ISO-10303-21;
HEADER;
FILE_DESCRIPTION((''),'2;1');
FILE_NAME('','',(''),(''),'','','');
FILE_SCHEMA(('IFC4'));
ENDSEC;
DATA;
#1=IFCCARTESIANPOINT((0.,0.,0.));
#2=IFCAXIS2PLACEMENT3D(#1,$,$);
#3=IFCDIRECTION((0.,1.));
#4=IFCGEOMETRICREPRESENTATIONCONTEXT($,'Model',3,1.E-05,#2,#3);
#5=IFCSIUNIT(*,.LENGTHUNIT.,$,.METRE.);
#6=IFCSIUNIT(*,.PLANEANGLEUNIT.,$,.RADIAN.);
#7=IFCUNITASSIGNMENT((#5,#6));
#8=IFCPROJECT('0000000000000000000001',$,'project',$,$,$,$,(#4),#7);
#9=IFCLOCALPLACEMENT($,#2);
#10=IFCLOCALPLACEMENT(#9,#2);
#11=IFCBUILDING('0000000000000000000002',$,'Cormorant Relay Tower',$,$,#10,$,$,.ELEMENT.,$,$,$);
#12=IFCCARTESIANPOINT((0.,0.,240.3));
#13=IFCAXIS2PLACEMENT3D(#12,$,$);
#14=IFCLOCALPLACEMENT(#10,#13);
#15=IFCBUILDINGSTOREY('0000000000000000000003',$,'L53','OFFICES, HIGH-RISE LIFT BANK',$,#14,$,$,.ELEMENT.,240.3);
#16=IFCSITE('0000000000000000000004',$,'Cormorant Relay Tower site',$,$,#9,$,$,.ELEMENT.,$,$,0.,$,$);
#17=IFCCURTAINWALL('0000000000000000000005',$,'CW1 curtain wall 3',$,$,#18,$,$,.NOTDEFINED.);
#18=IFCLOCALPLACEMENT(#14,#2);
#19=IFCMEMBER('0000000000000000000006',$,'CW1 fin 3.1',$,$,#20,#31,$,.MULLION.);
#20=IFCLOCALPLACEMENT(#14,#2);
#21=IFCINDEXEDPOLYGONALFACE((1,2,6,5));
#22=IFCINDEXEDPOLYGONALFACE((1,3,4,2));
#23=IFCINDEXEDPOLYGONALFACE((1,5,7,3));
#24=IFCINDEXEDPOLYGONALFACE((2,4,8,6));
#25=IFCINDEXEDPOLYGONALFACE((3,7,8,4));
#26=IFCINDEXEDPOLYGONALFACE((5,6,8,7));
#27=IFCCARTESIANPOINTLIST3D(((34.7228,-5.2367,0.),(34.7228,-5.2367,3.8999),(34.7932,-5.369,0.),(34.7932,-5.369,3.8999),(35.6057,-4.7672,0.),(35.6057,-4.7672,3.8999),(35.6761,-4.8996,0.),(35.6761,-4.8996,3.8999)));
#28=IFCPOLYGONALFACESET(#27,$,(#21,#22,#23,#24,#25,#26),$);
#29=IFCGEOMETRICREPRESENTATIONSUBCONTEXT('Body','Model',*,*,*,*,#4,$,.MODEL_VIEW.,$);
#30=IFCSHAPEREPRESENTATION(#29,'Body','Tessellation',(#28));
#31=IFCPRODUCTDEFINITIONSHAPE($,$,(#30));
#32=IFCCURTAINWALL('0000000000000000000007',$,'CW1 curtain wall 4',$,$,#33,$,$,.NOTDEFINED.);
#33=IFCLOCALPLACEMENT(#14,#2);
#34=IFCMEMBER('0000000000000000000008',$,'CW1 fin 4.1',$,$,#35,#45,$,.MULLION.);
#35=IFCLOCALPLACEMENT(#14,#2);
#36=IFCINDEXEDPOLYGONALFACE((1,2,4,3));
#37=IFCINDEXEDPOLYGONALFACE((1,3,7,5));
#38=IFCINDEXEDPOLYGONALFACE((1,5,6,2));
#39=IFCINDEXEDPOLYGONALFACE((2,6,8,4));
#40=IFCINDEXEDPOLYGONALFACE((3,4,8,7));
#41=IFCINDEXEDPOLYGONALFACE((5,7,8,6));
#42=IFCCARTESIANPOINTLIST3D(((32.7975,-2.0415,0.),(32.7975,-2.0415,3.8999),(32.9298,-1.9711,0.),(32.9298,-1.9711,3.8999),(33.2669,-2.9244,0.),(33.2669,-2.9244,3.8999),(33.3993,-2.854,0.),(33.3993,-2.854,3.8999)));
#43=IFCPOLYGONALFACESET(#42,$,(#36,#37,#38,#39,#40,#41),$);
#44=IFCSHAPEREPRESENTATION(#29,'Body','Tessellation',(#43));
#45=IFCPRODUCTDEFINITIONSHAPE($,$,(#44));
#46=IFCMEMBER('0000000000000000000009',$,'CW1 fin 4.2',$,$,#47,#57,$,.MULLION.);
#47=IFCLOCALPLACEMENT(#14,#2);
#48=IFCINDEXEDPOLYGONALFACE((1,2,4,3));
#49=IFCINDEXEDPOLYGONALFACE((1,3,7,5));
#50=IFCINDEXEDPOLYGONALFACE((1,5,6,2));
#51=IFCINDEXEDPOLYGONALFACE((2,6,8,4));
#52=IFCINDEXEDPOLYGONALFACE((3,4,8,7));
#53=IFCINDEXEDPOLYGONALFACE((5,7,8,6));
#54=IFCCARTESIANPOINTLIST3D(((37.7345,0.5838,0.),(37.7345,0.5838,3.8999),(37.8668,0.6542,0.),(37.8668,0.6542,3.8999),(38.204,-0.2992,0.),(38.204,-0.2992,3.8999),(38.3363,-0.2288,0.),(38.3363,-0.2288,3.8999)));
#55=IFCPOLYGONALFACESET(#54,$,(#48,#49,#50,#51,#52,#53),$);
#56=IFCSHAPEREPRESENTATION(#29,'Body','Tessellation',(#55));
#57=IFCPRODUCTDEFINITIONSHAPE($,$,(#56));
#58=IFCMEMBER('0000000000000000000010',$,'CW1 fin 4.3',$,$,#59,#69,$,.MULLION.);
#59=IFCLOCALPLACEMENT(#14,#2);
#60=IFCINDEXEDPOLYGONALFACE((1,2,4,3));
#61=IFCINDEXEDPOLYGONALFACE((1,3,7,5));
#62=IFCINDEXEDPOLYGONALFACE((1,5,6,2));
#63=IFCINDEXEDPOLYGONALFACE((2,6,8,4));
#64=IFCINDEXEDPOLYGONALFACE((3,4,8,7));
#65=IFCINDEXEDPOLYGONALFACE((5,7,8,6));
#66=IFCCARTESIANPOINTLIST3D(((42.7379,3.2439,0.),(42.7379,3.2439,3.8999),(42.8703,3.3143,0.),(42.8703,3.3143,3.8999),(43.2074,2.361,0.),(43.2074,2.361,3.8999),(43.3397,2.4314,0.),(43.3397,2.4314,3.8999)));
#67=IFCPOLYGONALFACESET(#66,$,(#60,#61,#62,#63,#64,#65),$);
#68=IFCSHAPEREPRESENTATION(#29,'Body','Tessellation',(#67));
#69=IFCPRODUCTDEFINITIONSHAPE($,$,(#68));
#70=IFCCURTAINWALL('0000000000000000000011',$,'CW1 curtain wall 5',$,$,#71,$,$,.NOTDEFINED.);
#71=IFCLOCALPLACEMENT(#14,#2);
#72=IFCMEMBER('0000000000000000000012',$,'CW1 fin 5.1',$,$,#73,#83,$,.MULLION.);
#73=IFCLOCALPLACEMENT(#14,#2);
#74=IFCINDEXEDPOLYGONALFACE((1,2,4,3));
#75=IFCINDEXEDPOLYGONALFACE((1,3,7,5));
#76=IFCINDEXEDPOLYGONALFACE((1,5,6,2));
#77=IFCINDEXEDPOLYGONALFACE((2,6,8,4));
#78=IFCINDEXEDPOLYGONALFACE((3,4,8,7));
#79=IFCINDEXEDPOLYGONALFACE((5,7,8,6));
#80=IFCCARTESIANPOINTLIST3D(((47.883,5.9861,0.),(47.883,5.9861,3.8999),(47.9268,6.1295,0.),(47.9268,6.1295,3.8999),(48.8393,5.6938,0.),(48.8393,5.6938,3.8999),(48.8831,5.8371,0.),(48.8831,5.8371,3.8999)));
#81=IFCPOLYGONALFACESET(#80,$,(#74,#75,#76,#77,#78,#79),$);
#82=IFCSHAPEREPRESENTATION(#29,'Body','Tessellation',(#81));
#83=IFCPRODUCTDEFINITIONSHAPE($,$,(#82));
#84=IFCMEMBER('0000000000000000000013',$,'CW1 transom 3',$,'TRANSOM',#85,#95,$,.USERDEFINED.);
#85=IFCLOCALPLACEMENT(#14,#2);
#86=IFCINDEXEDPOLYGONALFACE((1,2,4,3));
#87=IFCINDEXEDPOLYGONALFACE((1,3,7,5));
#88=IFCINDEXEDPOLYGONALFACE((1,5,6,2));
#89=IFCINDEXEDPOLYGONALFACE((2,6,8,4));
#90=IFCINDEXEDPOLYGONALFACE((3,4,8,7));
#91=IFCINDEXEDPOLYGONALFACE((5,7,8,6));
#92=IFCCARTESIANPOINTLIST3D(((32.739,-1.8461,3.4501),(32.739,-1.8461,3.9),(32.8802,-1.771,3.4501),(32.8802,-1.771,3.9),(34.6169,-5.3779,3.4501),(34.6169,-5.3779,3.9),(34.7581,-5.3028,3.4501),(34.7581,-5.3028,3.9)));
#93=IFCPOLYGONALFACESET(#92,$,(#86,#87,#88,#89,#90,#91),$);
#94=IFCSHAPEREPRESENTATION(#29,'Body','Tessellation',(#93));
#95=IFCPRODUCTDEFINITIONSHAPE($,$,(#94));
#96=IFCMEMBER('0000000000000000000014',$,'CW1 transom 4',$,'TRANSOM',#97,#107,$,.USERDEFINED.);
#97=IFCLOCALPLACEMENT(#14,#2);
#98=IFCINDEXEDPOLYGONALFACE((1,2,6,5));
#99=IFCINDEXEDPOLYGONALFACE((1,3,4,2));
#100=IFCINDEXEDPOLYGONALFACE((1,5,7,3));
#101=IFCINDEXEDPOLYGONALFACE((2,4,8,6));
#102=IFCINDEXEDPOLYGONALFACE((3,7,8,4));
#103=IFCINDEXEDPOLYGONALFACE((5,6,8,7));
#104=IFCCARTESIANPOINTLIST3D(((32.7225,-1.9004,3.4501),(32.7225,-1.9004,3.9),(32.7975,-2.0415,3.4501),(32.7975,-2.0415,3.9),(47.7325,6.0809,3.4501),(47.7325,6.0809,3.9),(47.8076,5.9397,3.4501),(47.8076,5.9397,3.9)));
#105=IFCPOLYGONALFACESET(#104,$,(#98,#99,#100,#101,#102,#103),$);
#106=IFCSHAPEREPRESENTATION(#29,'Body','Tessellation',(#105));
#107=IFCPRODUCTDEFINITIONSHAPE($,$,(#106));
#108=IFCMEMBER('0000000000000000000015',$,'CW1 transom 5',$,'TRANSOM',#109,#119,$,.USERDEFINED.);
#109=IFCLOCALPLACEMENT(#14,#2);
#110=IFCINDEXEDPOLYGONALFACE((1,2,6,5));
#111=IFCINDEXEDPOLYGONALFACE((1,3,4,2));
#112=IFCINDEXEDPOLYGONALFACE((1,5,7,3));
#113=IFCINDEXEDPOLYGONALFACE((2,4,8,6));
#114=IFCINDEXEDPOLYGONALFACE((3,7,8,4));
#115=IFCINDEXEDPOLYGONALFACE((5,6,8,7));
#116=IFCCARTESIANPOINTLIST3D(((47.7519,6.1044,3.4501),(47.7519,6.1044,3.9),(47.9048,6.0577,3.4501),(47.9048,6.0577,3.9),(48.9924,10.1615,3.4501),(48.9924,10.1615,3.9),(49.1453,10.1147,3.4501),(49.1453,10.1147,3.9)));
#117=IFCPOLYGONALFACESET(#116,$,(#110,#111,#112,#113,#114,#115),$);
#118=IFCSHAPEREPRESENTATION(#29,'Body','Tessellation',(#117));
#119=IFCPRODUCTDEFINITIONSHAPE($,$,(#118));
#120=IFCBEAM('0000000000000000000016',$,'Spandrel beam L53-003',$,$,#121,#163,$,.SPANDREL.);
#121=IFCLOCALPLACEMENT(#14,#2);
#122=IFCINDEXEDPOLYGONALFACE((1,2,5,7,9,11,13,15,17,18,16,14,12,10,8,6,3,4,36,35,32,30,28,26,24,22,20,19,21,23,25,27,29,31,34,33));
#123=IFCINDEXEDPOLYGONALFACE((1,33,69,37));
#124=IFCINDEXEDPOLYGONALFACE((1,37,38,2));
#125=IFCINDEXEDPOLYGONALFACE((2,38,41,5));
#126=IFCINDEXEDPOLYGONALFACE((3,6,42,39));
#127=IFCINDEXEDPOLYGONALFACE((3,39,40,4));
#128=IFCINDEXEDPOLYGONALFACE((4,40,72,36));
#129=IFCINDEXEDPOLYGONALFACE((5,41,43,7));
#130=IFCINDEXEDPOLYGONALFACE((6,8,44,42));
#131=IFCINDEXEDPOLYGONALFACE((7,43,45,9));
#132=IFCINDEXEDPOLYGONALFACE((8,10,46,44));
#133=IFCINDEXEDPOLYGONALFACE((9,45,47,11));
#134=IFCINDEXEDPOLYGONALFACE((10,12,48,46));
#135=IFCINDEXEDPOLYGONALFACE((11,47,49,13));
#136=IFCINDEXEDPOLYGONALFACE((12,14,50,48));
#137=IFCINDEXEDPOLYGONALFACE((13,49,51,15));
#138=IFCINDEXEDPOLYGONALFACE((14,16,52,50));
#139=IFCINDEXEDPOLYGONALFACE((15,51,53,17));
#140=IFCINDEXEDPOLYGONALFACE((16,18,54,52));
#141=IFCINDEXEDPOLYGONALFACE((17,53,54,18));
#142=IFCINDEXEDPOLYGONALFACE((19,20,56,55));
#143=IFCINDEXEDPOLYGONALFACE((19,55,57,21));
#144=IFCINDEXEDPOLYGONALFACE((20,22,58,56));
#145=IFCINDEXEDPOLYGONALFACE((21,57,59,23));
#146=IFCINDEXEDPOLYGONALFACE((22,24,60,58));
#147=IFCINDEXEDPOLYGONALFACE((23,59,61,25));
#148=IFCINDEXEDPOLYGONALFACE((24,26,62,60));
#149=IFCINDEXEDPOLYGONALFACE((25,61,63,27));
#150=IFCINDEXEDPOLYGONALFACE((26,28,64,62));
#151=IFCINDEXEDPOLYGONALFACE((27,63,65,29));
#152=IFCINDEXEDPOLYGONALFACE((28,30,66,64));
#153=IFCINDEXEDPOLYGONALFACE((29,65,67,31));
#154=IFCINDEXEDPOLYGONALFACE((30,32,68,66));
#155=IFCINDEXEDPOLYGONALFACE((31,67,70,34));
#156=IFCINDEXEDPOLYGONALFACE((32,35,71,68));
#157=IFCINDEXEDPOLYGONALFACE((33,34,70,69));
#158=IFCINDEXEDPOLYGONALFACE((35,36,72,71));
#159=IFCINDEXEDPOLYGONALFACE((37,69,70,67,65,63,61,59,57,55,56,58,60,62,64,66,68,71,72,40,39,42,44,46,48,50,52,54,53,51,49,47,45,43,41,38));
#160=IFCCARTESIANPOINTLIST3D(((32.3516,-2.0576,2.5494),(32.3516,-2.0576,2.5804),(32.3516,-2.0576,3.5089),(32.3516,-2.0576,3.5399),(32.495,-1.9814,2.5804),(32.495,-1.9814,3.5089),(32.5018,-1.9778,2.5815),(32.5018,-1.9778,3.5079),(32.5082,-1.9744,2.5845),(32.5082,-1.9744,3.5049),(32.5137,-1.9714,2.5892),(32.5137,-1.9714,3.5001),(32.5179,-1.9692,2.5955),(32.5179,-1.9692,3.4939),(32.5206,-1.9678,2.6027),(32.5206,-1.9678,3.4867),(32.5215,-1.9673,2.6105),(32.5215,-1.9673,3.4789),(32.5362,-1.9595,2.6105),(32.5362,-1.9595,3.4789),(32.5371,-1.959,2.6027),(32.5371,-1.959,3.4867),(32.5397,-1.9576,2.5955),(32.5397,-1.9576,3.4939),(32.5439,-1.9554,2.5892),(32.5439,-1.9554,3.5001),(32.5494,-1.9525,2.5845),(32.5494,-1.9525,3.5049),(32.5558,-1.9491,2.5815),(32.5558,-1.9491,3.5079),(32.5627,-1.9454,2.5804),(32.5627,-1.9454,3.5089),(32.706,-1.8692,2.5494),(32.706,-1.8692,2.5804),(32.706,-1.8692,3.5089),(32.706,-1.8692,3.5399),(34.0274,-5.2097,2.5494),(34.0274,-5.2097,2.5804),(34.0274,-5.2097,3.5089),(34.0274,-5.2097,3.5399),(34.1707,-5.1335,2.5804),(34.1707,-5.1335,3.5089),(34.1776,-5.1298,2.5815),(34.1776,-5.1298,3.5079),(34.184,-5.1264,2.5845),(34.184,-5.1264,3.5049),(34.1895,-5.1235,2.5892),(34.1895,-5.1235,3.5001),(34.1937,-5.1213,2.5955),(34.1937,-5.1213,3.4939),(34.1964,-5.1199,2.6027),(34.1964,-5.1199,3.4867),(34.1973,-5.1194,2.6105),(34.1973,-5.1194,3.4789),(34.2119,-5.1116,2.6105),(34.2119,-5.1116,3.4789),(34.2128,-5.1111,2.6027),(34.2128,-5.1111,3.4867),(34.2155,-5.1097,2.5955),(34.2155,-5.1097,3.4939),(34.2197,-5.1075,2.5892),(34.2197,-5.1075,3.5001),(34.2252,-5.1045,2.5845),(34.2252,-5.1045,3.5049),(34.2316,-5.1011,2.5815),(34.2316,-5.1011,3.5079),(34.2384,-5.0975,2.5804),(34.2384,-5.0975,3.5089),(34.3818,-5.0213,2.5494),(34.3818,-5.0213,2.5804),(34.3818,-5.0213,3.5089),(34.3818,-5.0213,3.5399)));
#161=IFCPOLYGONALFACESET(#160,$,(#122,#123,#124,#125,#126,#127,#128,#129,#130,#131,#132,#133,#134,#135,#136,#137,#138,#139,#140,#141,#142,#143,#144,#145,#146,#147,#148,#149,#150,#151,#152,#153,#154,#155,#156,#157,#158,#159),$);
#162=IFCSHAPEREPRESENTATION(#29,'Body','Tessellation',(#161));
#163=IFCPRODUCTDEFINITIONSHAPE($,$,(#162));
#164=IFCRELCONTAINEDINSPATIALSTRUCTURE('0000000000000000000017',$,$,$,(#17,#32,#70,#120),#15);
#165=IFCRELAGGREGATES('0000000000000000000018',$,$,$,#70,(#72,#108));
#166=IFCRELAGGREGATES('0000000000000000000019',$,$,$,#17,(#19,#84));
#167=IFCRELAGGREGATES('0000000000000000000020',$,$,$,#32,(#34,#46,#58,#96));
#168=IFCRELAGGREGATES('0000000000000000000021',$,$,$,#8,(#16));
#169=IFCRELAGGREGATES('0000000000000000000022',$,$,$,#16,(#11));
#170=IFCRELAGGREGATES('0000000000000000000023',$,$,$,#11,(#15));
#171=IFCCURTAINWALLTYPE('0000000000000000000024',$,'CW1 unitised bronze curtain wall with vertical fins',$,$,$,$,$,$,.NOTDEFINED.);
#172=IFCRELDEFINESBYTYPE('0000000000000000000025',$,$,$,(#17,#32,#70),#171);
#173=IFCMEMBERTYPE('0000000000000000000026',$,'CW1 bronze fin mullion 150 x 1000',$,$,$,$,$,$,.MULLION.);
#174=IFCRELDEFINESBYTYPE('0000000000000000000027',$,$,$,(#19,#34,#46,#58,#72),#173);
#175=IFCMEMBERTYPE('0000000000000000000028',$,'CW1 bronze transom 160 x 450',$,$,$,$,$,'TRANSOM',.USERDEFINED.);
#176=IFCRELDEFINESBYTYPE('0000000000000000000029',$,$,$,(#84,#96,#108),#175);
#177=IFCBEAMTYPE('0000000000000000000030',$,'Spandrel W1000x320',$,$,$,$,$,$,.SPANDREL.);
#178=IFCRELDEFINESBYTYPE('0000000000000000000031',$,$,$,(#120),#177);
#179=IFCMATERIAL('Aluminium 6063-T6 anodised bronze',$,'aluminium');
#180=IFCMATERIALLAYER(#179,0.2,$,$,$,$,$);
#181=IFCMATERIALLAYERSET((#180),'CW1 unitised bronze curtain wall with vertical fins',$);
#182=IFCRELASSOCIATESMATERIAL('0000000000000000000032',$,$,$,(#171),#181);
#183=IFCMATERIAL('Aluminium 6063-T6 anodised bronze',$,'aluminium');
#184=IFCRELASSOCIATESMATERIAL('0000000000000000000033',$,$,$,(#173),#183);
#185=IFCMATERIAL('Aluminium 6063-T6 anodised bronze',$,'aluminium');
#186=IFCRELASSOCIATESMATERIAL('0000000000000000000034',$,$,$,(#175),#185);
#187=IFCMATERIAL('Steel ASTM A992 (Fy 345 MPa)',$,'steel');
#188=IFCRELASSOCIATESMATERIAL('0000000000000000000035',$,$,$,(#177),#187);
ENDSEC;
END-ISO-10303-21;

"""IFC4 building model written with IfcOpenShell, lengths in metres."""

from ifc_helpers import new_model, si_unit, direction, frame, origin, origin_2d, place, context, subcontext, project, spatial, rectangle, i_section, extrude, material, layer, layer_set, material_profile, profile_set, type_object, element, aggregate, save


model = new_model("IFC4")

# Units and contexts
model_context = context("Model", 3, precision=1e-05, world=origin(), true_north=direction((0.0, 1.0)))
body_context = subcontext(model_context, "Body", "Model", "MODEL_VIEW")
ifc_project = project(units=[si_unit("LENGTHUNIT", "METRE"), si_unit("PLANEANGLEUNIT", "RADIAN")], contexts=[model_context])

# Site, building, storey
site_placement = place(None, origin())
site = spatial("IfcSite", under=ifc_project, at=site_placement, Name="Cormorant Relay Tower site", CompositionType="ELEMENT", RefElevation=0.0)
building_placement = place(site_placement, origin())
building = spatial("IfcBuilding", under=site, at=building_placement, Name="Cormorant Relay Tower", CompositionType="ELEMENT")
storey_placement = place(building_placement, frame((0.0, 0.0, 240.3)))
storey = spatial("IfcBuildingStorey", under=building, at=storey_placement, Name="L53", Description="OFFICES, HIGH-RISE LIFT BANK", CompositionType="ELEMENT", Elevation=240.3)

# Curtain wall, member
ifc_material_1 = material(Name="Aluminium 6063-T6 anodised bronze", Category="aluminium")
ifc_layer_1 = layer(ifc_material_1, 0.2)
ifc_layer_set_1 = layer_set([ifc_layer_1], Name="CW1 unitised bronze curtain wall with vertical fins")
curtain_wall_type = type_object("IfcCurtainWallType", Name="CW1 unitised bronze curtain wall with vertical fins", PredefinedType="NOTDEFINED", material=ifc_layer_set_1)
curtain_wall_1_placement = place(storey_placement, origin())
curtain_wall_1 = element("IfcCurtainWall", 1, at=curtain_wall_1_placement, inside=storey, type_object=curtain_wall_type, Name="CW1 curtain wall 3", PredefinedType="NOTDEFINED")
ifc_material_2 = material(Name="Aluminium 6063-T6 anodised bronze", Category="aluminium")
ifc_material_profile_1 = material_profile(ifc_material_2, rectangle(XDim=0.1499, YDim=1.0, at=origin_2d()), Name="AL 150x1000")
ifc_profile_set_1 = profile_set([ifc_material_profile_1], Name="Aluminium 6063-T6 anodised bronze")
member_type_1 = type_object("IfcMemberType", Name="CW1 bronze fin mullion 150 x 1000", PredefinedType="MULLION", material=ifc_profile_set_1)
member_1_placement = place(storey_placement, frame((35.1995, -5.0681, 0.0), z_axis=(0.0, 0.0, 1.0), x_axis=(-0.469472, 0.882948, 0.0)))
member_1 = element("IfcMember", 2, at=member_1_placement, type_object=member_type_1, Name="CW1 fin 3.1", PredefinedType="MULLION", context=body_context, shape_type="SweptSolid", body=[
    extrude(rectangle(XDim=0.1499, YDim=1.0, at=origin_2d()), origin(), (0.0, 0.0, 1.0), 3.8999),
])

# Curtain wall, members
curtain_wall_2_placement = place(storey_placement, origin())
curtain_wall_2 = element("IfcCurtainWall", 3, at=curtain_wall_2_placement, inside=storey, type_object=curtain_wall_type, Name="CW1 curtain wall 4", PredefinedType="NOTDEFINED")
member_2_placement = place(storey_placement, frame((33.0984, -2.4478, 0.0), z_axis=(0.0, 0.0, 1.0), x_axis=(0.882948, 0.469472, 0.0)))
member_2 = element("IfcMember", 4, at=member_2_placement, type_object=member_type_1, Name="CW1 fin 4.1", PredefinedType="MULLION", context=body_context, shape_type="SweptSolid", body=[
    extrude(rectangle(XDim=0.1499, YDim=1.0, at=origin_2d()), origin(), (0.0, 0.0, 1.0), 3.8999),
])
member_3_placement = place(storey_placement, frame((38.0354, 0.1775, 0.0), z_axis=(0.0, 0.0, 1.0), x_axis=(0.882948, 0.469472, 0.0)))
member_3 = element("IfcMember", 5, at=member_3_placement, type_object=member_type_1, Name="CW1 fin 4.2", PredefinedType="MULLION", context=body_context, shape_type="SweptSolid", body=[
    extrude(rectangle(XDim=0.1499, YDim=1.0, at=origin_2d()), origin(), (0.0, 0.0, 1.0), 3.8999),
])
member_4_placement = place(storey_placement, frame((43.0388, 2.8376, 0.0), z_axis=(0.0, 0.0, 1.0), x_axis=(0.882948, 0.469472, 0.0)))
member_4 = element("IfcMember", 6, at=member_4_placement, type_object=member_type_1, Name="CW1 fin 4.3", PredefinedType="MULLION", context=body_context, shape_type="SweptSolid", body=[
    extrude(rectangle(XDim=0.1499, YDim=1.0, at=origin_2d()), origin(), (0.0, 0.0, 1.0), 3.8999),
])

# Curtain wall, member
curtain_wall_3_placement = place(storey_placement, origin())
curtain_wall_3 = element("IfcCurtainWall", 7, at=curtain_wall_3_placement, inside=storey, type_object=curtain_wall_type, Name="CW1 curtain wall 5", PredefinedType="NOTDEFINED")
member_5_placement = place(storey_placement, frame((48.3831, 5.9116, 0.0), z_axis=(0.0, 0.0, 1.0), x_axis=(0.292372, 0.956305, 0.0)))
member_5 = element("IfcMember", 8, at=member_5_placement, type_object=member_type_1, Name="CW1 fin 5.1", PredefinedType="MULLION", context=body_context, shape_type="SweptSolid", body=[
    extrude(rectangle(XDim=0.1499, YDim=1.0, at=origin_2d()), origin(), (0.0, 0.0, 1.0), 3.8999),
])

# Members
ifc_material_3 = material(Name="Aluminium 6063-T6 anodised bronze", Category="aluminium")
ifc_material_profile_2 = material_profile(ifc_material_3, rectangle(XDim=0.1599, YDim=0.45, at=origin_2d()), Name="AL 160x450")
ifc_profile_set_2 = profile_set([ifc_material_profile_2], Name="Aluminium 6063-T6 anodised bronze")
member_type_2 = type_object("IfcMemberType", Name="CW1 bronze transom 160 x 450", ElementType="TRANSOM", PredefinedType="USERDEFINED", material=ifc_profile_set_2)
member_6_placement = place(storey_placement, frame((34.6875, -5.3403, 3.675), z_axis=(-0.469485, 0.88294, 0.0), x_axis=(-0.88294, -0.469485, 0.0)))
member_6 = element("IfcMember", 9, at=member_6_placement, type_object=member_type_2, Name="CW1 transom 3", ObjectType="TRANSOM", PredefinedType="USERDEFINED", context=body_context, shape_type="SweptSolid", body=[
    extrude(rectangle(XDim=0.1599, YDim=0.45, at=origin_2d()), origin(), (0.0, 0.0, 1.0), 4.0),
])
member_7_placement = place(storey_placement, frame((32.76, -1.9709, 3.675), z_axis=(0.882942, 0.469482, 0.0), x_axis=(-0.469482, 0.882942, 0.0)))
member_7 = element("IfcMember", 10, at=member_7_placement, type_object=member_type_2, Name="CW1 transom 4", ObjectType="TRANSOM", PredefinedType="USERDEFINED", context=body_context, shape_type="SweptSolid", body=[
    extrude(rectangle(XDim=0.1599, YDim=0.45, at=origin_2d()), origin(), (0.0, 0.0, 1.0), 17.0),
])
member_8_placement = place(storey_placement, frame((47.8284, 6.0811, 3.675), z_axis=(0.292391, 0.956299, 0.0), x_axis=(-0.956299, 0.292391, 0.0)))
member_8 = element("IfcMember", 11, at=member_8_placement, type_object=member_type_2, Name="CW1 transom 5", ObjectType="TRANSOM", PredefinedType="USERDEFINED", context=body_context, shape_type="SweptSolid", body=[
    extrude(rectangle(XDim=0.1599, YDim=0.45, at=origin_2d()), origin(), (0.0, 0.0, 1.0), 4.2424),
])
aggregate(curtain_wall_3, [member_5, member_8])

# Beam
ifc_material_4 = material(Name="Steel ASTM A992 (Fy 345 MPa)", Category="steel")
ifc_material_profile_3 = material_profile(ifc_material_4, i_section(OverallWidth=0.4014, OverallDepth=0.9905, WebThickness=0.0166, FlangeThickness=0.031, FilletRadius=0.03, at=origin_2d()), Name="W1000x320")
ifc_profile_set_3 = profile_set([ifc_material_profile_3], Name="Steel ASTM A992 (Fy 345 MPa)")
beam_type = type_object("IfcBeamType", Name="Spandrel W1000x320", PredefinedType="SPANDREL", material=ifc_profile_set_3)
beam_1_placement = place(storey_placement, frame((34.2046, -5.1155, 3.0447), z_axis=(-0.469424, 0.882973, 0.0), x_axis=(-0.882973, -0.469424, 0.0)))
element("IfcBeam", 12, at=beam_1_placement, inside=storey, type_object=beam_type, Name="Spandrel beam L53-003", PredefinedType="SPANDREL", context=body_context, shape_type="SweptSolid", body=[
    extrude(i_section(OverallWidth=0.4014, OverallDepth=0.9905, WebThickness=0.0166, FlangeThickness=0.031, FilletRadius=0.03, at=origin_2d()), origin(), (0.0, 0.0, 1.0), 3.5698),
])

aggregate(curtain_wall_1, [member_1, member_6])
aggregate(curtain_wall_2, [member_2, member_3, member_4, member_7])

save(model, "model.ifc")
